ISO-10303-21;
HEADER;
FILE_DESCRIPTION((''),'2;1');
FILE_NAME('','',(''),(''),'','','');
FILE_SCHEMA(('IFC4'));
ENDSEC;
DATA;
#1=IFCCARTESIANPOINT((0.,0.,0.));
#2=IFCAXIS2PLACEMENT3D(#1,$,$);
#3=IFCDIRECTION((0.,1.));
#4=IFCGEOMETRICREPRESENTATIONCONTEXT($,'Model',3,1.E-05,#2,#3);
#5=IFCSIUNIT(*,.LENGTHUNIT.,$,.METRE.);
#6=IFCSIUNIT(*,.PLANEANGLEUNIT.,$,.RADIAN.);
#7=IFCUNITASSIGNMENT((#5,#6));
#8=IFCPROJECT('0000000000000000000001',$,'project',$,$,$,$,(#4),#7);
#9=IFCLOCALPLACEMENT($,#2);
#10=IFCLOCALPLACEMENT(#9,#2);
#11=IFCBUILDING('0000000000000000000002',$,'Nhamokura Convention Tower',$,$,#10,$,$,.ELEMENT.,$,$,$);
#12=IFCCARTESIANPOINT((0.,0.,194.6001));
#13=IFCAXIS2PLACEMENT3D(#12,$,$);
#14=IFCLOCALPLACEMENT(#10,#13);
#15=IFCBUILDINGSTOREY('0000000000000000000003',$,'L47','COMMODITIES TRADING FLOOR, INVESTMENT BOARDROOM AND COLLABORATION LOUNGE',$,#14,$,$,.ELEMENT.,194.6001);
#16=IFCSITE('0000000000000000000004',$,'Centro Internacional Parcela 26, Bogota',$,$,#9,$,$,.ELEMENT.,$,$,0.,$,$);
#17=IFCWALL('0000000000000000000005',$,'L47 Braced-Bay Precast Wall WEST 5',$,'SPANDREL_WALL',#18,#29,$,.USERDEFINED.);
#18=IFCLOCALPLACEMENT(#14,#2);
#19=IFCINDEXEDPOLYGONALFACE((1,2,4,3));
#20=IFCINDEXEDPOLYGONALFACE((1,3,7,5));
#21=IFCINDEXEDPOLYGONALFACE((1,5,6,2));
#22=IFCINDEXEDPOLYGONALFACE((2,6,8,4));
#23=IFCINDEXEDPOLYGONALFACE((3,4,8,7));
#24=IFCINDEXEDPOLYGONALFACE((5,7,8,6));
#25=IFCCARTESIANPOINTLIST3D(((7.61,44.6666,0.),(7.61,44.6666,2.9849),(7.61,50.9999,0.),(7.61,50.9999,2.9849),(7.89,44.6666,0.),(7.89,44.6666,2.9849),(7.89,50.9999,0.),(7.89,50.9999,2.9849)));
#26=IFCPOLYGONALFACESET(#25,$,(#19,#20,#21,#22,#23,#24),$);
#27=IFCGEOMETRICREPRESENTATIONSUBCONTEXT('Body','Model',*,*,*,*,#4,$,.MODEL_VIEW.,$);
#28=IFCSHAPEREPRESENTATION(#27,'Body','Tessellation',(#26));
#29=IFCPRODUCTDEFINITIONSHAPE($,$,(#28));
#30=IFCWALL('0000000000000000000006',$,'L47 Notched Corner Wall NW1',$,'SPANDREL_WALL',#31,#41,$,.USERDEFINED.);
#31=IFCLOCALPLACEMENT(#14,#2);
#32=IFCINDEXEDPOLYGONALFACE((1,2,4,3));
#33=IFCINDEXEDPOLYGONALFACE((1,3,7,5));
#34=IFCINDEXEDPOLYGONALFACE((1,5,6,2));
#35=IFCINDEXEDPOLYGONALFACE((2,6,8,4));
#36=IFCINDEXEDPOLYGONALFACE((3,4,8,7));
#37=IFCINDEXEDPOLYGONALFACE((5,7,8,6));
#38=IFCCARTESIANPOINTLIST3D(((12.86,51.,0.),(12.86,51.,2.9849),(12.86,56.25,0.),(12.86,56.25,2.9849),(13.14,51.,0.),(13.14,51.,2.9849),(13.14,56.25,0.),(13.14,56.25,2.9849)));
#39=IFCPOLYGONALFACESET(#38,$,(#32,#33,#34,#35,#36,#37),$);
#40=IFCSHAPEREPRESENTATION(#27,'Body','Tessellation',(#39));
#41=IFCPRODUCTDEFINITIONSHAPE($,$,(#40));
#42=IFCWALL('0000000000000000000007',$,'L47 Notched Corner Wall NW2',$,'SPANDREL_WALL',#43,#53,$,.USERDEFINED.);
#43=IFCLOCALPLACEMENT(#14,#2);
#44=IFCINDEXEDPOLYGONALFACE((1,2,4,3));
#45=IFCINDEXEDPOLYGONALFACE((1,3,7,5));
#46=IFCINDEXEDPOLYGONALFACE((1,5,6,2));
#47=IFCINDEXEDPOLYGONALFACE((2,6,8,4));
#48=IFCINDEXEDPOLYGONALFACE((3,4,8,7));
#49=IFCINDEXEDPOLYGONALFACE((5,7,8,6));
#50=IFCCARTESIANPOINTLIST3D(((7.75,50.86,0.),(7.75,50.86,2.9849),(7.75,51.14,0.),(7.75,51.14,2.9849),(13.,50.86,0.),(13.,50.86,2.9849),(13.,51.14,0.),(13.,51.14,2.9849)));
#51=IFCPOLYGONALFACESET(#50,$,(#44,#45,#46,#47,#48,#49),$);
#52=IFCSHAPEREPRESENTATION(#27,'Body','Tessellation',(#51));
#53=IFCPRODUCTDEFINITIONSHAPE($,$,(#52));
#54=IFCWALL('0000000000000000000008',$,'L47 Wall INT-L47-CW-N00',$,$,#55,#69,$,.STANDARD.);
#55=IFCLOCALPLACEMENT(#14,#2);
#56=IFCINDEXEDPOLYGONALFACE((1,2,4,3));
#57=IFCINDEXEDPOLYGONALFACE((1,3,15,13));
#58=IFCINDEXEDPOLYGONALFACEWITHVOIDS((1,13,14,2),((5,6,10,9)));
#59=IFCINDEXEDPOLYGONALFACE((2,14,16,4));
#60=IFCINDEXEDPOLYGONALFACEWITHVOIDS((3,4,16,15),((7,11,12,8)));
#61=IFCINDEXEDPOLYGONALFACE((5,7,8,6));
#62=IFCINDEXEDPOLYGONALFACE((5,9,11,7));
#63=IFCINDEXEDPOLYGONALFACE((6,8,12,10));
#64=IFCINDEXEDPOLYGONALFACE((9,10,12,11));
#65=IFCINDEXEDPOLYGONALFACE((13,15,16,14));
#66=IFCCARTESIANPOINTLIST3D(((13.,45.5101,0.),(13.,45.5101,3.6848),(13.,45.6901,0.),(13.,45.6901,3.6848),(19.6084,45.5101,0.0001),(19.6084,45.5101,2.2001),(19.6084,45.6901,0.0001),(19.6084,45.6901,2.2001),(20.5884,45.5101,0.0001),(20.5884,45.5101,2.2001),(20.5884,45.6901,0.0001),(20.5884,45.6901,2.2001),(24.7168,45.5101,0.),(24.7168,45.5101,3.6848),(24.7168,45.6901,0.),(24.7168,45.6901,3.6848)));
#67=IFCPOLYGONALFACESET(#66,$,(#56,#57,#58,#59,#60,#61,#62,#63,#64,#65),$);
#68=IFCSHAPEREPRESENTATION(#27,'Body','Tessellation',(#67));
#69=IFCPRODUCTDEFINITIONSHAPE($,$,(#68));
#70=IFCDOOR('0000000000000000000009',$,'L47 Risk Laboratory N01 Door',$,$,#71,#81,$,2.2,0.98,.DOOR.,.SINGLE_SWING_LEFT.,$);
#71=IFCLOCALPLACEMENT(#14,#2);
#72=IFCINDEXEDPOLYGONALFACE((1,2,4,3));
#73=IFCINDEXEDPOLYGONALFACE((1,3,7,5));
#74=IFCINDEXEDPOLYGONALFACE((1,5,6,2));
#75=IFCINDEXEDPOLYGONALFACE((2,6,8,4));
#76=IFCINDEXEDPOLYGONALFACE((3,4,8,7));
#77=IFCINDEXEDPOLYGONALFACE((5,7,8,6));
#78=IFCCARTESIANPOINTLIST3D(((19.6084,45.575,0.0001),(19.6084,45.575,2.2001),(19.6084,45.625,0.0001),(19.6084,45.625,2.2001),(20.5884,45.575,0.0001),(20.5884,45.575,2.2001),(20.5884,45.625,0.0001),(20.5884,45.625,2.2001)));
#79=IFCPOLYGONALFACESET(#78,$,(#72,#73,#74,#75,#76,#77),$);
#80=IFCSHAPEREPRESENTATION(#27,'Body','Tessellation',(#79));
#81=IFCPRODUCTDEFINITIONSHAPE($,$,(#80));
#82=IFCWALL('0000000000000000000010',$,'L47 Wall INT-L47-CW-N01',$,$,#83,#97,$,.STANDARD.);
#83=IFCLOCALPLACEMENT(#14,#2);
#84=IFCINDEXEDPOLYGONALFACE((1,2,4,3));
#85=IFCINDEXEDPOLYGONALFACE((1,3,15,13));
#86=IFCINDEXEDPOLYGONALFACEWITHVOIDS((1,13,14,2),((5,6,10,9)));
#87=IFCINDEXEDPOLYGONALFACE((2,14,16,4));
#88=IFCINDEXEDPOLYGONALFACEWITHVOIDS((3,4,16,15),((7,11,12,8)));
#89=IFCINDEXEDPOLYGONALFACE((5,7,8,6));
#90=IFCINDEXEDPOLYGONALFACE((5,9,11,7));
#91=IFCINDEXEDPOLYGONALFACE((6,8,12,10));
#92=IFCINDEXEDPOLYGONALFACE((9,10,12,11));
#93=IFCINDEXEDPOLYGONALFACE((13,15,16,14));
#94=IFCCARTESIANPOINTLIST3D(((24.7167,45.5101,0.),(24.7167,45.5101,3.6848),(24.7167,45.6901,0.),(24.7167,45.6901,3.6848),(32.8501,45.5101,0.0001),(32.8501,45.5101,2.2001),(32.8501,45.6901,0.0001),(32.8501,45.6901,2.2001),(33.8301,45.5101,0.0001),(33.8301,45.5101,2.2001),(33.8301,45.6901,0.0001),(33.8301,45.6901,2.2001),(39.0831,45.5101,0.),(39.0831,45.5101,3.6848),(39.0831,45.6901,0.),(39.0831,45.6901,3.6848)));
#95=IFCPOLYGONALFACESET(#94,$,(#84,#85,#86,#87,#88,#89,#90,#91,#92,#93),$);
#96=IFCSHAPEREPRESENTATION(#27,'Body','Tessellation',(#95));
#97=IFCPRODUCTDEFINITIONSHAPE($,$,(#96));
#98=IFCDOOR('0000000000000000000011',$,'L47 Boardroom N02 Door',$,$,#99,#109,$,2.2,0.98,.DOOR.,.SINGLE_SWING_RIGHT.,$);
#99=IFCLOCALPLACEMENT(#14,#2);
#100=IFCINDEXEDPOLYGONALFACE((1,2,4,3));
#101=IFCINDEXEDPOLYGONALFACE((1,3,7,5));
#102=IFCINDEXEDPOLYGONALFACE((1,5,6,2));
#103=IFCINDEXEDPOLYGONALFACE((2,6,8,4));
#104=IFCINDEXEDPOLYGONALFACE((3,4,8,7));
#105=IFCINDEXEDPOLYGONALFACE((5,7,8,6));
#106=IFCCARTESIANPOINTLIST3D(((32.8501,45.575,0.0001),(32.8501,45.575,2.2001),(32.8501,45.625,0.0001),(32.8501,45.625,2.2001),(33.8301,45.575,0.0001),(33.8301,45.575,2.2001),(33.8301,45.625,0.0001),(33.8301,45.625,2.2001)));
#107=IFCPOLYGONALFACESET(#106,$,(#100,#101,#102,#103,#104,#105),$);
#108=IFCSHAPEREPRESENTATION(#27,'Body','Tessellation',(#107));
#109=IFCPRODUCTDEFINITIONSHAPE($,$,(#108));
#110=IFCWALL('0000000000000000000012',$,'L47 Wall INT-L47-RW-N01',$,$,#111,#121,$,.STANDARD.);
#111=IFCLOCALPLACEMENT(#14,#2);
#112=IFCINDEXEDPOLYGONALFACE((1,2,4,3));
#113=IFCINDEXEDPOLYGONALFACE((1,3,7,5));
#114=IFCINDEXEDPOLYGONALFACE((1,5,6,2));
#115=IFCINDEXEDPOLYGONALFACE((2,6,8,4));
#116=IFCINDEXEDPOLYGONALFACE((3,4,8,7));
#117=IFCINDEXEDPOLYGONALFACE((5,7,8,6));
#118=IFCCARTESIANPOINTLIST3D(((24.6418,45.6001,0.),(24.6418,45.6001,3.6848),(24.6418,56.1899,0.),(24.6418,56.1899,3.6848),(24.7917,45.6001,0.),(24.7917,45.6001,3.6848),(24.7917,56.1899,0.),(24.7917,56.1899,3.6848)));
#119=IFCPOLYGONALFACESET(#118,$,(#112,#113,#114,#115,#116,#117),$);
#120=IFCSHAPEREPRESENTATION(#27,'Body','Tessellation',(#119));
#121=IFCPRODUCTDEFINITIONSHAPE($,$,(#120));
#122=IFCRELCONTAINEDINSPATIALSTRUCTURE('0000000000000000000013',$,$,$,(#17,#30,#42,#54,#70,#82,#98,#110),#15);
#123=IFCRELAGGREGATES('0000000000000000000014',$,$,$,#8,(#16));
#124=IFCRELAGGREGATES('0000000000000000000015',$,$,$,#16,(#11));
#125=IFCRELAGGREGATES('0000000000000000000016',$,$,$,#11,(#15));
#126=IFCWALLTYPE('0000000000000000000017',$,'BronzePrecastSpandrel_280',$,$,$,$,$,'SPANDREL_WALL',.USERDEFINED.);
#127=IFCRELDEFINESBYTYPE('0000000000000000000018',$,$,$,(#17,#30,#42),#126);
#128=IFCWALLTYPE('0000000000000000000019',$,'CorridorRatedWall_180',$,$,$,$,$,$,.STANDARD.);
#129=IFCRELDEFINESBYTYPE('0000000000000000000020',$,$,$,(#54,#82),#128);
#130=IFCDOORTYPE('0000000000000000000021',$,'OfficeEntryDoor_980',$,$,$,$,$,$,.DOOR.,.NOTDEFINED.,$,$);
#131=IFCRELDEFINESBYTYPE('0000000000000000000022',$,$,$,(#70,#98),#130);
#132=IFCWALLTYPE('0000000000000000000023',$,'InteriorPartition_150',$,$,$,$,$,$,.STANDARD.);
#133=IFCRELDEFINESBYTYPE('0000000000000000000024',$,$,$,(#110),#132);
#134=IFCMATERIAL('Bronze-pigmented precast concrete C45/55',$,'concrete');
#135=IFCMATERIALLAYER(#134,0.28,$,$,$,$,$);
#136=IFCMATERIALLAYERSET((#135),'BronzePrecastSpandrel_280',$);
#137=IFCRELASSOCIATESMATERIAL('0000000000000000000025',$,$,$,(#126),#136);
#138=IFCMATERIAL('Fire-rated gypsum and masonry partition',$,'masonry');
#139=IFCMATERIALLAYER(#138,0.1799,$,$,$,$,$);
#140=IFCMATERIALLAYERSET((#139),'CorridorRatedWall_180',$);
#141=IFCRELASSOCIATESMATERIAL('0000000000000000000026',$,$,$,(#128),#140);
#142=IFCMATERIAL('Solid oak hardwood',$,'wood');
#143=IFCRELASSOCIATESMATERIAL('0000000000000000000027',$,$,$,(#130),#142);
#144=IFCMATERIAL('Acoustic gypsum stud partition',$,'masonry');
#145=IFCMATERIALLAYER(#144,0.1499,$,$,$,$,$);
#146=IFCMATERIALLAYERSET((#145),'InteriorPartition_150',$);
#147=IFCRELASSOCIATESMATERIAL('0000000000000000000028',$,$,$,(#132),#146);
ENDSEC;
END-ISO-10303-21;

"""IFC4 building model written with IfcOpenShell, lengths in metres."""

from ifc_helpers import new_model, si_unit, direction, frame, frame_2d, origin, place, context, subcontext, project, spatial, rectangle, extrude, material, layer, layer_set, type_object, element, fill, save


model = new_model("IFC4")

# Units and contexts
model_context = context("Model", 3, precision=1e-05, world=origin(), true_north=direction((0.0, 1.0)))
body_context = subcontext(model_context, "Body", "Model", "MODEL_VIEW")
ifc_project = project(units=[si_unit("LENGTHUNIT", "METRE"), si_unit("PLANEANGLEUNIT", "RADIAN")], contexts=[model_context])

# Site, building, storey
site_placement = place(None, origin())
site = spatial("IfcSite", under=ifc_project, at=site_placement, Name="Centro Internacional Parcela 26, Bogota", CompositionType="ELEMENT", RefElevation=0.0)
building_placement = place(site_placement, origin())
building = spatial("IfcBuilding", under=site, at=building_placement, Name="Nhamokura Convention Tower", CompositionType="ELEMENT")
storey_placement = place(building_placement, frame((0.0, 0.0, 194.6001)))
storey = spatial("IfcBuildingStorey", under=building, at=storey_placement, Name="L47", Description="COMMODITIES TRADING FLOOR, INVESTMENT BOARDROOM AND COLLABORATION LOUNGE", CompositionType="ELEMENT", Elevation=194.6001)

# Shared definitions
ifc_material_1 = material(Name="Bronze-pigmented precast concrete C45/55", Category="concrete")
ifc_layer_1 = layer(ifc_material_1, 0.28)
ifc_layer_set_1 = layer_set([ifc_layer_1], Name="BronzePrecastSpandrel_280")
wall_type_1 = type_object("IfcWallType", Name="BronzePrecastSpandrel_280", ElementType="SPANDREL_WALL", PredefinedType="USERDEFINED", material=ifc_layer_set_1)

# Walls
wall_1_placement = place(storey_placement, frame((7.75, 44.6667, 0.0), z_axis=(0.0, 0.0, 1.0), x_axis=(0.0, 1.0, 0.0)))
element("IfcWall", 1, at=wall_1_placement, inside=storey, type_object=wall_type_1, Name="L47 Braced-Bay Precast Wall WEST 5", ObjectType="SPANDREL_WALL", PredefinedType="USERDEFINED", context=body_context, shape_type="SweptSolid", body=[
    extrude(rectangle(XDim=6.3333, YDim=0.28, at=frame_2d((3.1665, 0.0))), origin(), (0.0, 0.0, 1.0), 2.9849),
])
for number, where, z_axis, x_axis, name in (
    (2, (13.0, 51.0, 0.0), (0.0, 0.0, 1.0), (0.0, 1.0, 0.0), "L47 Notched Corner Wall NW1"),
    (3, (7.75, 51.0, 0.0), (0.0, 0.0, 1.0), (1.0, 0.0, 0.0), "L47 Notched Corner Wall NW2"),
):
    element("IfcWall", number, at=place(storey_placement, frame(where, z_axis=z_axis, x_axis=x_axis)), inside=storey, type_object=wall_type_1, Name=name, ObjectType="SPANDREL_WALL", PredefinedType="USERDEFINED", context=body_context, shape_type="SweptSolid", body=[
        extrude(rectangle(XDim=5.25, YDim=0.28, at=frame_2d((2.625, 0.0))), origin(), (0.0, 0.0, 1.0), 2.9849),
    ])

# Walls, openings, doors
ifc_material_2 = material(Name="Fire-rated gypsum and masonry partition", Category="masonry")
ifc_layer_2 = layer(ifc_material_2, 0.1799)
ifc_layer_set_2 = layer_set([ifc_layer_2], Name="CorridorRatedWall_180")
wall_type_2 = type_object("IfcWallType", Name="CorridorRatedWall_180", PredefinedType="STANDARD", material=ifc_layer_set_2)
wall_2_placement = place(storey_placement, frame((13.0, 45.6001, 0.0), z_axis=(0.0, 0.0, 1.0), x_axis=(1.0, 0.0, 0.0)))
wall_2 = element("IfcWall", 4, at=wall_2_placement, inside=storey, type_object=wall_type_2, Name="L47 Wall INT-L47-CW-N00", PredefinedType="STANDARD", context=body_context, shape_type="SweptSolid", body=[
    extrude(rectangle(XDim=11.7168, YDim=0.1799, at=frame_2d((5.8584, 0.0))), origin(), (0.0, 0.0, 1.0), 3.6848),
])
opening_1_placement = place(wall_2_placement, frame((6.6084, 0.0, 0.0)))
opening_1 = element("IfcOpeningElement", 5, at=opening_1_placement, cuts=wall_2, PredefinedType="OPENING", context=body_context, shape_type="SweptSolid", body=[
    extrude(rectangle(XDim=0.98, YDim=2.2, at=frame_2d((0.49, 1.1001))), frame((0.0, 0.0999, 0.0), z_axis=(0.0, -1.0, 0.0), x_axis=(1.0, 0.0, 0.0)), (0.0, 0.0, 1.0), 0.2),
])
ifc_material_3 = material(Name="Solid oak hardwood", Category="wood")
door_type = type_object("IfcDoorType", Name="OfficeEntryDoor_980", OperationType="NOTDEFINED", PredefinedType="DOOR", material=ifc_material_3)
door_1_placement = place(opening_1_placement, origin())
door_1 = element("IfcDoor", 6, at=door_1_placement, inside=storey, type_object=door_type, Name="L47 Risk Laboratory N01 Door", OperationType="SINGLE_SWING_LEFT", OverallHeight=2.2, OverallWidth=0.98, PredefinedType="DOOR", context=body_context, shape_type="SweptSolid", body=[
    extrude(rectangle(XDim=0.98, YDim=2.2, at=frame_2d((0.49, 1.1001))), frame((0.0, 0.0249, 0.0), z_axis=(0.0, -1.0, 0.0), x_axis=(1.0, 0.0, 0.0)), (0.0, 0.0, 1.0), 0.05),
])
fill(opening_1, door_1)
wall_3_placement = place(storey_placement, frame((24.7168, 45.6001, 0.0), z_axis=(0.0, 0.0, 1.0), x_axis=(1.0, 0.0, 0.0)))
wall_3 = element("IfcWall", 7, at=wall_3_placement, inside=storey, type_object=wall_type_2, Name="L47 Wall INT-L47-CW-N01", PredefinedType="STANDARD", context=body_context, shape_type="SweptSolid", body=[
    extrude(rectangle(XDim=14.3665, YDim=0.1799, at=frame_2d((7.1831, 0.0))), origin(), (0.0, 0.0, 1.0), 3.6848),
])
opening_2_placement = place(wall_3_placement, frame((8.1333, 0.0, 0.0)))
opening_2 = element("IfcOpeningElement", 8, at=opening_2_placement, cuts=wall_3, PredefinedType="OPENING", context=body_context, shape_type="SweptSolid", body=[
    extrude(rectangle(XDim=0.98, YDim=2.2, at=frame_2d((0.49, 1.1001))), frame((0.0, 0.0999, 0.0), z_axis=(0.0, -1.0, 0.0), x_axis=(1.0, 0.0, 0.0)), (0.0, 0.0, 1.0), 0.2),
])
door_2_placement = place(opening_2_placement, origin())
door_2 = element("IfcDoor", 9, at=door_2_placement, inside=storey, type_object=door_type, Name="L47 Boardroom N02 Door", OperationType="SINGLE_SWING_RIGHT", OverallHeight=2.2, OverallWidth=0.98, PredefinedType="DOOR", context=body_context, shape_type="SweptSolid", body=[
    extrude(rectangle(XDim=0.98, YDim=2.2, at=frame_2d((0.49, 1.1001))), frame((0.0, 0.0249, 0.0), z_axis=(0.0, -1.0, 0.0), x_axis=(1.0, 0.0, 0.0)), (0.0, 0.0, 1.0), 0.05),
])
fill(opening_2, door_2)

# Wall
ifc_material_4 = material(Name="Acoustic gypsum stud partition", Category="masonry")
ifc_layer_3 = layer(ifc_material_4, 0.1499)
ifc_layer_set_3 = layer_set([ifc_layer_3], Name="InteriorPartition_150")
wall_type_3 = type_object("IfcWallType", Name="InteriorPartition_150", PredefinedType="STANDARD", material=ifc_layer_set_3)
wall_4_placement = place(storey_placement, frame((24.7168, 45.6001, 0.0), z_axis=(0.0, 0.0, 1.0), x_axis=(0.0, 1.0, 0.0)))
element("IfcWall", 10, at=wall_4_placement, inside=storey, type_object=wall_type_3, Name="L47 Wall INT-L47-RW-N01", PredefinedType="STANDARD", context=body_context, shape_type="SweptSolid", body=[
    extrude(rectangle(XDim=10.5898, YDim=0.1499, at=frame_2d((5.2949, 0.0))), origin(), (0.0, 0.0, 1.0), 3.6848),
])

save(model, "model.ifc")
